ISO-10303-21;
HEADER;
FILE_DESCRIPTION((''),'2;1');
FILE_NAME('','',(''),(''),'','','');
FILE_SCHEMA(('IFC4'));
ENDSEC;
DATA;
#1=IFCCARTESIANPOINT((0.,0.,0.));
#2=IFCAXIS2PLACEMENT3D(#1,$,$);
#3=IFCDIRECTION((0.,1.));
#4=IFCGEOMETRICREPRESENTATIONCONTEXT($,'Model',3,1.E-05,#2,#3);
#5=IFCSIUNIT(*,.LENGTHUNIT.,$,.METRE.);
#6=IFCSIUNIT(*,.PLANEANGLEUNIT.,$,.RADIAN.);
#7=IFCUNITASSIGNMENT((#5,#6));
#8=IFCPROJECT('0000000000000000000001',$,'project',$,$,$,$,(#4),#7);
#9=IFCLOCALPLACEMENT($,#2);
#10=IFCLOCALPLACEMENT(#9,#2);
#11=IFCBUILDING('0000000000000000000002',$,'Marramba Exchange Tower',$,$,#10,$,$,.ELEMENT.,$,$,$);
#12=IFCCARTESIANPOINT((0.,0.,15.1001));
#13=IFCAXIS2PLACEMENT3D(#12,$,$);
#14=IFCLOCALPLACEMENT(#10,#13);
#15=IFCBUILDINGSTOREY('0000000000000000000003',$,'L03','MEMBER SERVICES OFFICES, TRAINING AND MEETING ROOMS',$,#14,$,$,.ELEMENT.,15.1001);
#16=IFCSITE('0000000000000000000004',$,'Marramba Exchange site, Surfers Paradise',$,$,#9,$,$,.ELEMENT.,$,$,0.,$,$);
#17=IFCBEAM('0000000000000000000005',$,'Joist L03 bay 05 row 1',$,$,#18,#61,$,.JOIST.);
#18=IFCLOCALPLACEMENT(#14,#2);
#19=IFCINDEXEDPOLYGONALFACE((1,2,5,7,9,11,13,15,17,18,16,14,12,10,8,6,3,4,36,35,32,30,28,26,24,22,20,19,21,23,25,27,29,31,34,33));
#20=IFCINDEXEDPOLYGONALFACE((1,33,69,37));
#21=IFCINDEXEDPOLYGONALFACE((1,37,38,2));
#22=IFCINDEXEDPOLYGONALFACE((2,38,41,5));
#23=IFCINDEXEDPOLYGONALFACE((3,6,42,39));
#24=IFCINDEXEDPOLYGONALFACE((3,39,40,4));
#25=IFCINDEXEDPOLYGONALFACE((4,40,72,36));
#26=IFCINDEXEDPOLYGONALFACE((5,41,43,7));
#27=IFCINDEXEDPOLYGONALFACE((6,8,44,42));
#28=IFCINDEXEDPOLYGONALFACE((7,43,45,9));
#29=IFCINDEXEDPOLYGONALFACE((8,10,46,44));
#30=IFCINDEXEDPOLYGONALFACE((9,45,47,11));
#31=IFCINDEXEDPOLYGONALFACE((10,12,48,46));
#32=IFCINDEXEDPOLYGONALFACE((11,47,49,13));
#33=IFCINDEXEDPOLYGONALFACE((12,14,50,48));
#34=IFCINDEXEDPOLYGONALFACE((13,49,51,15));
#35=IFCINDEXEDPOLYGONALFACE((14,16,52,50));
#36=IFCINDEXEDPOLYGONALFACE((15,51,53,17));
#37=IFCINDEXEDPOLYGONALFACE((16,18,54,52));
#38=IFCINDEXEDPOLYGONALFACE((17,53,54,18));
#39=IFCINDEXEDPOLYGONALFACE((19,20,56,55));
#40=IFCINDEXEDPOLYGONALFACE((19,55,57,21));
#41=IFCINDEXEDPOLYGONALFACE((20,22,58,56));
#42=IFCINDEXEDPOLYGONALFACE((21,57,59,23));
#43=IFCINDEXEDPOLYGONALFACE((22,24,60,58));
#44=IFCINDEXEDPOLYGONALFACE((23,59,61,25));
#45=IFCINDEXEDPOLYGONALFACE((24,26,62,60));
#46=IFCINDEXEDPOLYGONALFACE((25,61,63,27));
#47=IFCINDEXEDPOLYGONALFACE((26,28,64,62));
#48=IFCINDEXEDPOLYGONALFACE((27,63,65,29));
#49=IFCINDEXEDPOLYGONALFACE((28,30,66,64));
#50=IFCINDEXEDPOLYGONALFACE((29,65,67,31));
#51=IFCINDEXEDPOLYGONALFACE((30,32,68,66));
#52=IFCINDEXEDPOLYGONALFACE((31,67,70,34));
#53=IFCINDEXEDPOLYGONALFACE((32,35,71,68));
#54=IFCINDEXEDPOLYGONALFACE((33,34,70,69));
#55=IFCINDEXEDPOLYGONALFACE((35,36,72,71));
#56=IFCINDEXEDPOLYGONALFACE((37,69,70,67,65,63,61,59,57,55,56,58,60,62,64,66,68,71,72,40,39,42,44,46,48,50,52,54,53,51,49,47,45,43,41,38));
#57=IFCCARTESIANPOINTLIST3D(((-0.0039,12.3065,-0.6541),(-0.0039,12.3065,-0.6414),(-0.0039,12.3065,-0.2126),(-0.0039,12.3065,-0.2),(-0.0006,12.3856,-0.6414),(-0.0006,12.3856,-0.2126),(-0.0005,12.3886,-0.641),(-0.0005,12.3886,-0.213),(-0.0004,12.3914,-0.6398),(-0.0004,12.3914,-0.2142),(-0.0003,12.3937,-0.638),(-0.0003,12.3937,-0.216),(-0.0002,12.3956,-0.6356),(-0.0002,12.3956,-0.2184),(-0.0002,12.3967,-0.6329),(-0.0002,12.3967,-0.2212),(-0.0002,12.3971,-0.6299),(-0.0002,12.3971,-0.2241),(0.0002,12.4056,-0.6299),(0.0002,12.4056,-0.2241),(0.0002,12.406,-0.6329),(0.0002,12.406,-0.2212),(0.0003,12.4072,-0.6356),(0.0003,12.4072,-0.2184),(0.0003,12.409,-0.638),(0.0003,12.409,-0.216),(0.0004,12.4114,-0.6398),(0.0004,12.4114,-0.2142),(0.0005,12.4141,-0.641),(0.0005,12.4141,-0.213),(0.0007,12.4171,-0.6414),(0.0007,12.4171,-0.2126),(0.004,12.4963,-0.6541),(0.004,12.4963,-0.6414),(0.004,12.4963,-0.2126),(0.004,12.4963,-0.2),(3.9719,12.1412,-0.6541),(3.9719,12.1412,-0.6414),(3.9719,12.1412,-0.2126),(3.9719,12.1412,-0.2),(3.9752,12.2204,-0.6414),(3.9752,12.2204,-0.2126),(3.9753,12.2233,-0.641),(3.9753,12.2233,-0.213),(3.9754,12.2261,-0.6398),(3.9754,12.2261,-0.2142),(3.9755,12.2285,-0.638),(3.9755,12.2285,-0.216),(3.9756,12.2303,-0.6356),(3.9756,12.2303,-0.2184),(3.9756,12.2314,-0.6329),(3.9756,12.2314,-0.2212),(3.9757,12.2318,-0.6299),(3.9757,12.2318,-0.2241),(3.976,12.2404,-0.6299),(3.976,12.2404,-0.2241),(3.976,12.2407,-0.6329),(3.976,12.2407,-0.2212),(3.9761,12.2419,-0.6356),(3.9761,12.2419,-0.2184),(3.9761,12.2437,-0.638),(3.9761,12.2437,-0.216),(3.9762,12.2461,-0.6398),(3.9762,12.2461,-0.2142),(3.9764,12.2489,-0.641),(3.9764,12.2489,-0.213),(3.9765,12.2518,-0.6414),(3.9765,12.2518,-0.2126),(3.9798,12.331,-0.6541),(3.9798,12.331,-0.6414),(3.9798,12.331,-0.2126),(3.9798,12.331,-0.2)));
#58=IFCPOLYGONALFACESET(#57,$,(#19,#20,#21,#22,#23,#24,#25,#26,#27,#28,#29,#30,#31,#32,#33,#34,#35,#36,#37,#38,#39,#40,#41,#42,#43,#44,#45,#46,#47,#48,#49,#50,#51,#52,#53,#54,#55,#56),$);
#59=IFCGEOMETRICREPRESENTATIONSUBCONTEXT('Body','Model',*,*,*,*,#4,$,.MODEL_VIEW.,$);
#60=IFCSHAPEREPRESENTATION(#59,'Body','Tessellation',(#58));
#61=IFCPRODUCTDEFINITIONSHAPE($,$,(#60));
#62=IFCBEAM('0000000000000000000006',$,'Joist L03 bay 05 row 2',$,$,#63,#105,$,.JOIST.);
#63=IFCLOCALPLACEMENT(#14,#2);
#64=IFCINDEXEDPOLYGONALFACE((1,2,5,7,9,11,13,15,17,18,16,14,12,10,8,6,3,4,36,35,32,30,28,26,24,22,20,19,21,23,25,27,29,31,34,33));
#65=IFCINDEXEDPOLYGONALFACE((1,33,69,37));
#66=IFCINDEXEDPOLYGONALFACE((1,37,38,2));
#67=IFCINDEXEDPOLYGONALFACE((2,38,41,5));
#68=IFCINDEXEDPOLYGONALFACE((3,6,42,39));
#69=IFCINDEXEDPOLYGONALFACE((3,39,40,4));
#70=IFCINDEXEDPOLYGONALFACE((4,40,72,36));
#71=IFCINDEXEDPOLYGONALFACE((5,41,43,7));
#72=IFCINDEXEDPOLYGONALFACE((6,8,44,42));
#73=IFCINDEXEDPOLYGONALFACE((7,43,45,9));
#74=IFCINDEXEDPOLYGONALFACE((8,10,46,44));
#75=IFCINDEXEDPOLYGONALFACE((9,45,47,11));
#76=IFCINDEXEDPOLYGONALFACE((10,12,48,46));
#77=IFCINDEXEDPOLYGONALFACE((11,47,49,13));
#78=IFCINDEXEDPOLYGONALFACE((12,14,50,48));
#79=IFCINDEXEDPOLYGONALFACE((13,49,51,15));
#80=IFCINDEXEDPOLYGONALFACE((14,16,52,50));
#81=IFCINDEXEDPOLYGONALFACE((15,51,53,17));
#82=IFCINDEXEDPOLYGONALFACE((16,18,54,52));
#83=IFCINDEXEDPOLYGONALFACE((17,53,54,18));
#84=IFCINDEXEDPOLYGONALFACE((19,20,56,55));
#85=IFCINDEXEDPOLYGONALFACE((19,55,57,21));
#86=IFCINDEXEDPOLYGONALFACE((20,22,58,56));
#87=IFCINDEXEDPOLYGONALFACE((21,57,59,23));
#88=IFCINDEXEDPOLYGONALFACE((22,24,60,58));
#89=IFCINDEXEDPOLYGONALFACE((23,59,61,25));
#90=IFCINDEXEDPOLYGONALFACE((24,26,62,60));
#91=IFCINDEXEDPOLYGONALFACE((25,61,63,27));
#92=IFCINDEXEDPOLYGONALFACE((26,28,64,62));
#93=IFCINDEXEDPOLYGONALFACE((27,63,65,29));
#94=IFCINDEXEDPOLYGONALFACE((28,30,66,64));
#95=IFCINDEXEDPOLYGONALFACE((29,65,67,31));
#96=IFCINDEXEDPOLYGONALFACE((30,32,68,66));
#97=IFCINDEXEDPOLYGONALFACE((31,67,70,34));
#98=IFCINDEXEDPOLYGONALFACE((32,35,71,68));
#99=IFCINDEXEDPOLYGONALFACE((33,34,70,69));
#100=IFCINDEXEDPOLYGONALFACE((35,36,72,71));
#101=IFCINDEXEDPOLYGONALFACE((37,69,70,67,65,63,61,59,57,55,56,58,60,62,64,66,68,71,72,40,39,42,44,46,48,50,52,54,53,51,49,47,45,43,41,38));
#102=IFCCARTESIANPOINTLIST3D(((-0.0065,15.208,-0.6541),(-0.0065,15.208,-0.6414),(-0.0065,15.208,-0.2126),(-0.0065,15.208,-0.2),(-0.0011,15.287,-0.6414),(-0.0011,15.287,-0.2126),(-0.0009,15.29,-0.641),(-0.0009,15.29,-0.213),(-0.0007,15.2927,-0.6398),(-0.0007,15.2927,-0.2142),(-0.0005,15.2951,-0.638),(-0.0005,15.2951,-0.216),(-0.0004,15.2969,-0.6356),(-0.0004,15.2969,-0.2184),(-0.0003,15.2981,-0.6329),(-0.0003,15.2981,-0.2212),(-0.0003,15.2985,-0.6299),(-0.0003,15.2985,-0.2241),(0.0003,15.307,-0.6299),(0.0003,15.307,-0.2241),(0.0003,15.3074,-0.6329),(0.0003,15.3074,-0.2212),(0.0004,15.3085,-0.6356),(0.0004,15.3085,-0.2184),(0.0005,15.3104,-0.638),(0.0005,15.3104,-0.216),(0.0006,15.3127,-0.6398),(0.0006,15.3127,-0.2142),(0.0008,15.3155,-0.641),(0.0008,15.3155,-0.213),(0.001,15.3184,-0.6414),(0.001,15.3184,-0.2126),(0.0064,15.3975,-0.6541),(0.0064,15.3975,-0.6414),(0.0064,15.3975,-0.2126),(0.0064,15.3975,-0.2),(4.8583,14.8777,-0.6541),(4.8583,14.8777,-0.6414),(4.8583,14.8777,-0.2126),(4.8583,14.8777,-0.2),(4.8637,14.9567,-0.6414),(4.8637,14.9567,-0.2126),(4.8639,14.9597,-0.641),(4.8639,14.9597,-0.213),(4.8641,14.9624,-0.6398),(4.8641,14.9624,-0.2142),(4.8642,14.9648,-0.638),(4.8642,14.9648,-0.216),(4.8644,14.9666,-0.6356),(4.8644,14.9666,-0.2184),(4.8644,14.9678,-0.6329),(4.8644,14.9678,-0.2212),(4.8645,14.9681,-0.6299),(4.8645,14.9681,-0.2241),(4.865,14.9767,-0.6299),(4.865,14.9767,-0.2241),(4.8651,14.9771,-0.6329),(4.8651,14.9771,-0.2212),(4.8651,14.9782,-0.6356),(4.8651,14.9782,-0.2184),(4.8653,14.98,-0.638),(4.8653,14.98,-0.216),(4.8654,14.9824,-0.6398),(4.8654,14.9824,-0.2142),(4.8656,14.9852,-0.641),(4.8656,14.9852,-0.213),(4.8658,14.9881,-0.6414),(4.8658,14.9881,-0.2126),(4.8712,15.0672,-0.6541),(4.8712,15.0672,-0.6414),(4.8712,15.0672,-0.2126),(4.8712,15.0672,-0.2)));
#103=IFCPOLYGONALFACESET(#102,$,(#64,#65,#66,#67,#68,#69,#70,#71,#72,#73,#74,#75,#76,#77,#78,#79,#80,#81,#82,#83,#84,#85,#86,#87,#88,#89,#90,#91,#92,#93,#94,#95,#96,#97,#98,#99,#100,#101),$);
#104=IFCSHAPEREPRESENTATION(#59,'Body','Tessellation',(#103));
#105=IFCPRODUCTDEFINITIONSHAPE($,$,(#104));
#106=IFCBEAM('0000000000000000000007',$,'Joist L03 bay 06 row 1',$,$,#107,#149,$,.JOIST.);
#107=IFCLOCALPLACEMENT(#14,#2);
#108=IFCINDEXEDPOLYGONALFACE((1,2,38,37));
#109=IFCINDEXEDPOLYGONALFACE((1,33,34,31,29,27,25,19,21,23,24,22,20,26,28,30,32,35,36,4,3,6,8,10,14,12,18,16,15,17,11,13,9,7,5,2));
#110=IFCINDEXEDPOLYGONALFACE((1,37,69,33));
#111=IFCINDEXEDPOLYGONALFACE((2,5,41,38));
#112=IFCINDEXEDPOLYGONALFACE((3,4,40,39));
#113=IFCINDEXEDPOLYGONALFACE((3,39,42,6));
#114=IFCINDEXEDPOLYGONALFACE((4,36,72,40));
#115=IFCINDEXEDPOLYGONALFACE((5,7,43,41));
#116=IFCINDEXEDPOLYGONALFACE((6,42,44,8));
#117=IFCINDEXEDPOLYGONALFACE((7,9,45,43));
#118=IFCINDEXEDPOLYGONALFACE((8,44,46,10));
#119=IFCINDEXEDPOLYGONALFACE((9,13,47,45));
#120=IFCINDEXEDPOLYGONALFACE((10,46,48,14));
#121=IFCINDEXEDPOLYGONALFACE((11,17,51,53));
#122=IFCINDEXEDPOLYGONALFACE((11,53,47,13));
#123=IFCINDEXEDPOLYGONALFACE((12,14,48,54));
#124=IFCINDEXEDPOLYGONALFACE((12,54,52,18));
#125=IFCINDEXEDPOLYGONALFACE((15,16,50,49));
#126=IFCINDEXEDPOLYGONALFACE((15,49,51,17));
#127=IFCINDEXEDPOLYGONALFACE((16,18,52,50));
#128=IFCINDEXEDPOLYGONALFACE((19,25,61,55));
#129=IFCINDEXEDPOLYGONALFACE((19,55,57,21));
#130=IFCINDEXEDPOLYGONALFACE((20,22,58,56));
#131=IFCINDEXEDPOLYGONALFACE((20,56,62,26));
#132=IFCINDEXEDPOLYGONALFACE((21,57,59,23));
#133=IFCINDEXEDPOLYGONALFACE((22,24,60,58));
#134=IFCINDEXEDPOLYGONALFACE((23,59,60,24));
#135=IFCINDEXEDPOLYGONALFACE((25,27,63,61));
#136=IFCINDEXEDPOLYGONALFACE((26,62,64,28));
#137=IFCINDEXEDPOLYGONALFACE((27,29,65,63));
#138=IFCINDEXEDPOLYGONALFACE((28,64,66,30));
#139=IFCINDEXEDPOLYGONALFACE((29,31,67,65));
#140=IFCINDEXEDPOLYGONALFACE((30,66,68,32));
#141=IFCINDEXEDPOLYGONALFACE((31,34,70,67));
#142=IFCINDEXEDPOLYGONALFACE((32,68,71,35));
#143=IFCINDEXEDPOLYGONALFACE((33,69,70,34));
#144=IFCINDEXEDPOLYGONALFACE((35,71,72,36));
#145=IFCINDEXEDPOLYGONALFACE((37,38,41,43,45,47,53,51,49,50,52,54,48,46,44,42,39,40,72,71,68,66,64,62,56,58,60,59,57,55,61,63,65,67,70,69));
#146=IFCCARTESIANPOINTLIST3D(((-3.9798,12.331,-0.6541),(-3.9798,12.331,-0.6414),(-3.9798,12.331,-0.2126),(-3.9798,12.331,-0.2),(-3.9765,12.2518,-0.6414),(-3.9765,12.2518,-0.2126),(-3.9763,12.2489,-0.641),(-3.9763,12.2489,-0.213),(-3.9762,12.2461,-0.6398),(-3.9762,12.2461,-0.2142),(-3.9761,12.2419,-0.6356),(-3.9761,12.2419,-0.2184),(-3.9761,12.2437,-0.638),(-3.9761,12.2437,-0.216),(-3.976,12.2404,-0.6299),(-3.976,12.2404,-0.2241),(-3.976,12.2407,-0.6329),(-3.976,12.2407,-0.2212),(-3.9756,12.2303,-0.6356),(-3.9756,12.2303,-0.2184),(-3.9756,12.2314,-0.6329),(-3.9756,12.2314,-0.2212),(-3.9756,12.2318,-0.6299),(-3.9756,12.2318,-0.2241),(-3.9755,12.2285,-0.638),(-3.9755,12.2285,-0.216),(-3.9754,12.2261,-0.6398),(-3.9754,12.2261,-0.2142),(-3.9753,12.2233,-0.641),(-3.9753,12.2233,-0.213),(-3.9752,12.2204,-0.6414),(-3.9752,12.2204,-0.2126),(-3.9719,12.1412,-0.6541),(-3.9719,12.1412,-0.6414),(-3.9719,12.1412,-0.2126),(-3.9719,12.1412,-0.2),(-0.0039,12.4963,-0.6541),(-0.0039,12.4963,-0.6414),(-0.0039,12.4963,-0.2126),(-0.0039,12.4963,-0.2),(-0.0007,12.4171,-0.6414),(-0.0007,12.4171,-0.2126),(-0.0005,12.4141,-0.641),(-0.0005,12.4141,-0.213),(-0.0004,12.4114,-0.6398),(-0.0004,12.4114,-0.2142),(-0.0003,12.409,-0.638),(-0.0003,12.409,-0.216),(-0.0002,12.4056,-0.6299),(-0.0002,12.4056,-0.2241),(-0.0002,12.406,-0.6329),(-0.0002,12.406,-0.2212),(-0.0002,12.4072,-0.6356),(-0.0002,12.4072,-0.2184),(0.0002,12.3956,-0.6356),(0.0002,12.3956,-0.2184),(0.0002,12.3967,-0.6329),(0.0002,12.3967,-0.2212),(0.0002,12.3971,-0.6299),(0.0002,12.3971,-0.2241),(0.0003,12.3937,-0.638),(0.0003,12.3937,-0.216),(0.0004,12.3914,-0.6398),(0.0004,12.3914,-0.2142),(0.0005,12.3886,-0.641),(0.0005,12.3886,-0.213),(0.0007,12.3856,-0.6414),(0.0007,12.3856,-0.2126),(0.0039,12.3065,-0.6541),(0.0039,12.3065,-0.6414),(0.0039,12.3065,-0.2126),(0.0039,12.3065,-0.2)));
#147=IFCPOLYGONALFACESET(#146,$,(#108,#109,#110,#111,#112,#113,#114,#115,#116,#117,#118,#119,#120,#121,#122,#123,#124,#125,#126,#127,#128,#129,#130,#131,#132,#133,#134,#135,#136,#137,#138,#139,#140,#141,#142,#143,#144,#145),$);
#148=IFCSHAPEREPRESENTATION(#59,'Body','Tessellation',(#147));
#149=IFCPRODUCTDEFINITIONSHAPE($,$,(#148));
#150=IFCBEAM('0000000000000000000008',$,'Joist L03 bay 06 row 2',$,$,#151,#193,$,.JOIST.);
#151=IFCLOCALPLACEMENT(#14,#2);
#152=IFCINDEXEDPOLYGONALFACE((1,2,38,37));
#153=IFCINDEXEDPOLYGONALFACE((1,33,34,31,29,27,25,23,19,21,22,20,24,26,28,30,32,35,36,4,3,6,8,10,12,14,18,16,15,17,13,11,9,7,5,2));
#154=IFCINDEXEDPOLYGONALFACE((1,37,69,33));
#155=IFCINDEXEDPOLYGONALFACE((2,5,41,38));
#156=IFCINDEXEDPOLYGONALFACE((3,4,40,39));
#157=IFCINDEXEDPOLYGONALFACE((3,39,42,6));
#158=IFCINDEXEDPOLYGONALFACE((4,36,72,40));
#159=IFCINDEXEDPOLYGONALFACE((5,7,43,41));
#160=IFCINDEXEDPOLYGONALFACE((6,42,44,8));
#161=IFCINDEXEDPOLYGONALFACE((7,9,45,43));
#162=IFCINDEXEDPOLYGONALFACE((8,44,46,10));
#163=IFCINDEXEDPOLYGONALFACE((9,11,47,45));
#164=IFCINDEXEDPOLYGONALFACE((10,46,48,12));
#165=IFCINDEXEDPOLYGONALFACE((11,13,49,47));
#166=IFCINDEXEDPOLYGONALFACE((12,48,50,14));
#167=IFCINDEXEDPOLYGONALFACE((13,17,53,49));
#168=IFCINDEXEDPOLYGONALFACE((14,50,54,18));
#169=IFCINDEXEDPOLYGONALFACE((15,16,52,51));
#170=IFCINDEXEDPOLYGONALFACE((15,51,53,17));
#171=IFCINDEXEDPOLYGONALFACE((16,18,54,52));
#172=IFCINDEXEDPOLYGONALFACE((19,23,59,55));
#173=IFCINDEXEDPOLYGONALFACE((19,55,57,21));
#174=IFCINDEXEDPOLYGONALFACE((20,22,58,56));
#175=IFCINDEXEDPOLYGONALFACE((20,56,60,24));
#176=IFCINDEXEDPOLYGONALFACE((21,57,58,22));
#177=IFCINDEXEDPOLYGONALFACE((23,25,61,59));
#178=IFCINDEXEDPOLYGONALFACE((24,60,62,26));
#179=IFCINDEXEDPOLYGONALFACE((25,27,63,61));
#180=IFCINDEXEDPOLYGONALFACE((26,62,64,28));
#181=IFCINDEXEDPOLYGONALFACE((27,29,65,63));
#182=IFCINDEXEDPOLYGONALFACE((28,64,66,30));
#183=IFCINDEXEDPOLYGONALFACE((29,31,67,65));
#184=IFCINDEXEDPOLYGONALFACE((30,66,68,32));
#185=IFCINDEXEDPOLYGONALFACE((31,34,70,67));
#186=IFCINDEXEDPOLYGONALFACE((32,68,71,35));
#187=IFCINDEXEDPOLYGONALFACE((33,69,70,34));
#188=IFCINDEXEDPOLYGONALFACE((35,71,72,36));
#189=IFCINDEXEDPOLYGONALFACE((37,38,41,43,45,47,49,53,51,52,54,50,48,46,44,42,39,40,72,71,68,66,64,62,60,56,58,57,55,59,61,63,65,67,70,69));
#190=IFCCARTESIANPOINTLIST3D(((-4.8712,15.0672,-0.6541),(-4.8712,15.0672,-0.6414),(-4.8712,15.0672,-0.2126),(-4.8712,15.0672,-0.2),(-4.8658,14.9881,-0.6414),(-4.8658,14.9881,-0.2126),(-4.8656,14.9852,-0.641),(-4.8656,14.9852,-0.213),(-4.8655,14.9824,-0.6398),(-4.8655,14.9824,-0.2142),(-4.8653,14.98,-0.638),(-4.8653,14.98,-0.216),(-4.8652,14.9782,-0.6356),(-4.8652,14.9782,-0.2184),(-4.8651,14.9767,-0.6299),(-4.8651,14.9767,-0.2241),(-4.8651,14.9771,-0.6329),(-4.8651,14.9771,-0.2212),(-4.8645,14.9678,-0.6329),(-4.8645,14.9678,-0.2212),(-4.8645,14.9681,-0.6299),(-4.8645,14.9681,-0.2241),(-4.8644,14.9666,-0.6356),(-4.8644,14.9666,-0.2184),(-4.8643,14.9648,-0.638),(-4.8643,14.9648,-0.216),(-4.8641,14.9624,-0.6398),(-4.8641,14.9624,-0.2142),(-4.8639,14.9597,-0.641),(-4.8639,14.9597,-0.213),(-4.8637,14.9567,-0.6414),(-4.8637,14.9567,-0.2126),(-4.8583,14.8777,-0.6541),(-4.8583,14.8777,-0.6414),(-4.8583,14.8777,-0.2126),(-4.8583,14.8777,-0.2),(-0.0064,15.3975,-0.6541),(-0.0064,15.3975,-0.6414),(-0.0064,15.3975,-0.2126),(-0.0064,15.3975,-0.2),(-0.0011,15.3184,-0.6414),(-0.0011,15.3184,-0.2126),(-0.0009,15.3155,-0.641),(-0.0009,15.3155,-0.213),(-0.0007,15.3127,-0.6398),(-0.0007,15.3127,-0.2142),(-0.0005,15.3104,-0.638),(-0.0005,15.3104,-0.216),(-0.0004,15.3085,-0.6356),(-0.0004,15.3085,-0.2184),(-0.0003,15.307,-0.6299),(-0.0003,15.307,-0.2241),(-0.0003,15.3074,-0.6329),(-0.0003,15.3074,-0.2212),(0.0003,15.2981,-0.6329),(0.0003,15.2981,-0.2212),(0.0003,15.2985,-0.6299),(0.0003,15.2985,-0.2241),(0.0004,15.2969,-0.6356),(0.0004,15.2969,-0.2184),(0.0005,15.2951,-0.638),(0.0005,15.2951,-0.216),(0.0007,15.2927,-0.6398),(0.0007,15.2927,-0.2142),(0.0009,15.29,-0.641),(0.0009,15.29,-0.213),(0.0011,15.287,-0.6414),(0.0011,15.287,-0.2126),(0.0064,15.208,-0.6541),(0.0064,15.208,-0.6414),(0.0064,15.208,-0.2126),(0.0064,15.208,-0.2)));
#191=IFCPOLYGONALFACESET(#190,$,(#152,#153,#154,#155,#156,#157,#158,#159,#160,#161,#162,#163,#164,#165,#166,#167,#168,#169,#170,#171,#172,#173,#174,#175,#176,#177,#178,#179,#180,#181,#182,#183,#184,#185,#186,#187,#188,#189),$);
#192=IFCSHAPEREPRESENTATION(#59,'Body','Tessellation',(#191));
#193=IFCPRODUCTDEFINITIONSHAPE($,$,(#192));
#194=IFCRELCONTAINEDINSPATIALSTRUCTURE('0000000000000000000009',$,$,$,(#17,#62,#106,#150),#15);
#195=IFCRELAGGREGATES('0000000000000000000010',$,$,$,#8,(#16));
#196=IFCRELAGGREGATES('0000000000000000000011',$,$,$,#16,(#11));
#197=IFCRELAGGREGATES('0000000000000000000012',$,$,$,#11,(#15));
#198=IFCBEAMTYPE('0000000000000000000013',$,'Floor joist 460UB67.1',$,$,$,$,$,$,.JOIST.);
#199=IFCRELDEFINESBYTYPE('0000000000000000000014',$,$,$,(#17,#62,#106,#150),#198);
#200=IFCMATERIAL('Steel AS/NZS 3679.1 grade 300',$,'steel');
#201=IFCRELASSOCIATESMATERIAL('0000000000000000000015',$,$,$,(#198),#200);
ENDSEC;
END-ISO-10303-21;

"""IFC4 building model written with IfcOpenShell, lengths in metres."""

from ifc_helpers import new_model, si_unit, direction, frame, origin, origin_2d, place, context, subcontext, project, spatial, i_section, extrude, material, material_profile, profile_set, type_object, element, save


model = new_model("IFC4")

# Units and contexts
model_context = context("Model", 3, precision=1e-05, world=origin(), true_north=direction((0.0, 1.0)))
body_context = subcontext(model_context, "Body", "Model", "MODEL_VIEW")
ifc_project = project(units=[si_unit("LENGTHUNIT", "METRE"), si_unit("PLANEANGLEUNIT", "RADIAN")], contexts=[model_context])

# Site, building, storey
site_placement = place(None, origin())
site = spatial("IfcSite", under=ifc_project, at=site_placement, Name="Marramba Exchange site, Surfers Paradise", CompositionType="ELEMENT", RefElevation=0.0)
building_placement = place(site_placement, origin())
building = spatial("IfcBuilding", under=site, at=building_placement, Name="Marramba Exchange Tower", CompositionType="ELEMENT")
storey_placement = place(building_placement, frame((0.0, 0.0, 15.1001)))
storey = spatial("IfcBuildingStorey", under=building, at=storey_placement, Name="L03", Description="MEMBER SERVICES OFFICES, TRAINING AND MEETING ROOMS", CompositionType="ELEMENT", Elevation=15.1001)

# Beams
ifc_material_1 = material(Name="Steel AS/NZS 3679.1 grade 300", Category="steel")
ifc_material_profile_1 = material_profile(ifc_material_1, i_section(OverallWidth=0.1899, OverallDepth=0.4541, WebThickness=0.0085, FlangeThickness=0.0127, FilletRadius=0.0115, at=origin_2d()), Name="460UB67.1")
ifc_profile_set_1 = profile_set([ifc_material_profile_1], Name="Steel AS/NZS 3679.1 grade 300")
beam_type_1 = type_object("IfcBeamType", Name="Floor joist 460UB67.1", PredefinedType="JOIST", material=ifc_profile_set_1)
beam_1_placement = place(storey_placement, frame((3.9758, 12.2361, -0.427), z_axis=(-0.999137, 0.041536, 0.0), x_axis=(-0.041536, -0.999137, 0.0)))
element("IfcBeam", 1, at=beam_1_placement, inside=storey, type_object=beam_type_1, Name="Joist L03 bay 05 row 1", PredefinedType="JOIST", context=body_context, shape_type="SweptSolid", body=[
    extrude(i_section(OverallWidth=0.1899, OverallDepth=0.4541, WebThickness=0.0085, FlangeThickness=0.0127, FilletRadius=0.0115, at=origin_2d()), origin(), (0.0, 0.0, 1.0), 3.9792),
])
beam_2_placement = place(storey_placement, frame((4.8647, 14.9724, -0.427), z_axis=(-0.997703, 0.067745, 0.0), x_axis=(-0.067745, -0.997703, 0.0)))
element("IfcBeam", 2, at=beam_2_placement, inside=storey, type_object=beam_type_1, Name="Joist L03 bay 05 row 2", PredefinedType="JOIST", context=body_context, shape_type="SweptSolid", body=[
    extrude(i_section(OverallWidth=0.1899, OverallDepth=0.4541, WebThickness=0.0085, FlangeThickness=0.0127, FilletRadius=0.0115, at=origin_2d()), origin(), (0.0, 0.0, 1.0), 4.876),
])
beam_3_placement = place(storey_placement, frame((0.0, 12.4014, -0.427), z_axis=(-0.999137, -0.041536, 0.0), x_axis=(0.041536, -0.999137, 0.0)))
element("IfcBeam", 3, at=beam_3_placement, inside=storey, type_object=beam_type_1, Name="Joist L03 bay 06 row 1", PredefinedType="JOIST", context=body_context, shape_type="SweptSolid", body=[
    extrude(i_section(OverallWidth=0.1899, OverallDepth=0.4541, WebThickness=0.0085, FlangeThickness=0.0127, FilletRadius=0.0115, at=origin_2d()), origin(), (0.0, 0.0, 1.0), 3.9792),
])
beam_4_placement = place(storey_placement, frame((0.0, 15.3027, -0.427), z_axis=(-0.997703, -0.067745, 0.0), x_axis=(0.067745, -0.997703, 0.0)))
element("IfcBeam", 4, at=beam_4_placement, inside=storey, type_object=beam_type_1, Name="Joist L03 bay 06 row 2", PredefinedType="JOIST", context=body_context, shape_type="SweptSolid", body=[
    extrude(i_section(OverallWidth=0.1899, OverallDepth=0.4541, WebThickness=0.0085, FlangeThickness=0.0127, FilletRadius=0.0115, at=origin_2d()), origin(), (0.0, 0.0, 1.0), 4.876),
])

save(model, "model.ifc")
